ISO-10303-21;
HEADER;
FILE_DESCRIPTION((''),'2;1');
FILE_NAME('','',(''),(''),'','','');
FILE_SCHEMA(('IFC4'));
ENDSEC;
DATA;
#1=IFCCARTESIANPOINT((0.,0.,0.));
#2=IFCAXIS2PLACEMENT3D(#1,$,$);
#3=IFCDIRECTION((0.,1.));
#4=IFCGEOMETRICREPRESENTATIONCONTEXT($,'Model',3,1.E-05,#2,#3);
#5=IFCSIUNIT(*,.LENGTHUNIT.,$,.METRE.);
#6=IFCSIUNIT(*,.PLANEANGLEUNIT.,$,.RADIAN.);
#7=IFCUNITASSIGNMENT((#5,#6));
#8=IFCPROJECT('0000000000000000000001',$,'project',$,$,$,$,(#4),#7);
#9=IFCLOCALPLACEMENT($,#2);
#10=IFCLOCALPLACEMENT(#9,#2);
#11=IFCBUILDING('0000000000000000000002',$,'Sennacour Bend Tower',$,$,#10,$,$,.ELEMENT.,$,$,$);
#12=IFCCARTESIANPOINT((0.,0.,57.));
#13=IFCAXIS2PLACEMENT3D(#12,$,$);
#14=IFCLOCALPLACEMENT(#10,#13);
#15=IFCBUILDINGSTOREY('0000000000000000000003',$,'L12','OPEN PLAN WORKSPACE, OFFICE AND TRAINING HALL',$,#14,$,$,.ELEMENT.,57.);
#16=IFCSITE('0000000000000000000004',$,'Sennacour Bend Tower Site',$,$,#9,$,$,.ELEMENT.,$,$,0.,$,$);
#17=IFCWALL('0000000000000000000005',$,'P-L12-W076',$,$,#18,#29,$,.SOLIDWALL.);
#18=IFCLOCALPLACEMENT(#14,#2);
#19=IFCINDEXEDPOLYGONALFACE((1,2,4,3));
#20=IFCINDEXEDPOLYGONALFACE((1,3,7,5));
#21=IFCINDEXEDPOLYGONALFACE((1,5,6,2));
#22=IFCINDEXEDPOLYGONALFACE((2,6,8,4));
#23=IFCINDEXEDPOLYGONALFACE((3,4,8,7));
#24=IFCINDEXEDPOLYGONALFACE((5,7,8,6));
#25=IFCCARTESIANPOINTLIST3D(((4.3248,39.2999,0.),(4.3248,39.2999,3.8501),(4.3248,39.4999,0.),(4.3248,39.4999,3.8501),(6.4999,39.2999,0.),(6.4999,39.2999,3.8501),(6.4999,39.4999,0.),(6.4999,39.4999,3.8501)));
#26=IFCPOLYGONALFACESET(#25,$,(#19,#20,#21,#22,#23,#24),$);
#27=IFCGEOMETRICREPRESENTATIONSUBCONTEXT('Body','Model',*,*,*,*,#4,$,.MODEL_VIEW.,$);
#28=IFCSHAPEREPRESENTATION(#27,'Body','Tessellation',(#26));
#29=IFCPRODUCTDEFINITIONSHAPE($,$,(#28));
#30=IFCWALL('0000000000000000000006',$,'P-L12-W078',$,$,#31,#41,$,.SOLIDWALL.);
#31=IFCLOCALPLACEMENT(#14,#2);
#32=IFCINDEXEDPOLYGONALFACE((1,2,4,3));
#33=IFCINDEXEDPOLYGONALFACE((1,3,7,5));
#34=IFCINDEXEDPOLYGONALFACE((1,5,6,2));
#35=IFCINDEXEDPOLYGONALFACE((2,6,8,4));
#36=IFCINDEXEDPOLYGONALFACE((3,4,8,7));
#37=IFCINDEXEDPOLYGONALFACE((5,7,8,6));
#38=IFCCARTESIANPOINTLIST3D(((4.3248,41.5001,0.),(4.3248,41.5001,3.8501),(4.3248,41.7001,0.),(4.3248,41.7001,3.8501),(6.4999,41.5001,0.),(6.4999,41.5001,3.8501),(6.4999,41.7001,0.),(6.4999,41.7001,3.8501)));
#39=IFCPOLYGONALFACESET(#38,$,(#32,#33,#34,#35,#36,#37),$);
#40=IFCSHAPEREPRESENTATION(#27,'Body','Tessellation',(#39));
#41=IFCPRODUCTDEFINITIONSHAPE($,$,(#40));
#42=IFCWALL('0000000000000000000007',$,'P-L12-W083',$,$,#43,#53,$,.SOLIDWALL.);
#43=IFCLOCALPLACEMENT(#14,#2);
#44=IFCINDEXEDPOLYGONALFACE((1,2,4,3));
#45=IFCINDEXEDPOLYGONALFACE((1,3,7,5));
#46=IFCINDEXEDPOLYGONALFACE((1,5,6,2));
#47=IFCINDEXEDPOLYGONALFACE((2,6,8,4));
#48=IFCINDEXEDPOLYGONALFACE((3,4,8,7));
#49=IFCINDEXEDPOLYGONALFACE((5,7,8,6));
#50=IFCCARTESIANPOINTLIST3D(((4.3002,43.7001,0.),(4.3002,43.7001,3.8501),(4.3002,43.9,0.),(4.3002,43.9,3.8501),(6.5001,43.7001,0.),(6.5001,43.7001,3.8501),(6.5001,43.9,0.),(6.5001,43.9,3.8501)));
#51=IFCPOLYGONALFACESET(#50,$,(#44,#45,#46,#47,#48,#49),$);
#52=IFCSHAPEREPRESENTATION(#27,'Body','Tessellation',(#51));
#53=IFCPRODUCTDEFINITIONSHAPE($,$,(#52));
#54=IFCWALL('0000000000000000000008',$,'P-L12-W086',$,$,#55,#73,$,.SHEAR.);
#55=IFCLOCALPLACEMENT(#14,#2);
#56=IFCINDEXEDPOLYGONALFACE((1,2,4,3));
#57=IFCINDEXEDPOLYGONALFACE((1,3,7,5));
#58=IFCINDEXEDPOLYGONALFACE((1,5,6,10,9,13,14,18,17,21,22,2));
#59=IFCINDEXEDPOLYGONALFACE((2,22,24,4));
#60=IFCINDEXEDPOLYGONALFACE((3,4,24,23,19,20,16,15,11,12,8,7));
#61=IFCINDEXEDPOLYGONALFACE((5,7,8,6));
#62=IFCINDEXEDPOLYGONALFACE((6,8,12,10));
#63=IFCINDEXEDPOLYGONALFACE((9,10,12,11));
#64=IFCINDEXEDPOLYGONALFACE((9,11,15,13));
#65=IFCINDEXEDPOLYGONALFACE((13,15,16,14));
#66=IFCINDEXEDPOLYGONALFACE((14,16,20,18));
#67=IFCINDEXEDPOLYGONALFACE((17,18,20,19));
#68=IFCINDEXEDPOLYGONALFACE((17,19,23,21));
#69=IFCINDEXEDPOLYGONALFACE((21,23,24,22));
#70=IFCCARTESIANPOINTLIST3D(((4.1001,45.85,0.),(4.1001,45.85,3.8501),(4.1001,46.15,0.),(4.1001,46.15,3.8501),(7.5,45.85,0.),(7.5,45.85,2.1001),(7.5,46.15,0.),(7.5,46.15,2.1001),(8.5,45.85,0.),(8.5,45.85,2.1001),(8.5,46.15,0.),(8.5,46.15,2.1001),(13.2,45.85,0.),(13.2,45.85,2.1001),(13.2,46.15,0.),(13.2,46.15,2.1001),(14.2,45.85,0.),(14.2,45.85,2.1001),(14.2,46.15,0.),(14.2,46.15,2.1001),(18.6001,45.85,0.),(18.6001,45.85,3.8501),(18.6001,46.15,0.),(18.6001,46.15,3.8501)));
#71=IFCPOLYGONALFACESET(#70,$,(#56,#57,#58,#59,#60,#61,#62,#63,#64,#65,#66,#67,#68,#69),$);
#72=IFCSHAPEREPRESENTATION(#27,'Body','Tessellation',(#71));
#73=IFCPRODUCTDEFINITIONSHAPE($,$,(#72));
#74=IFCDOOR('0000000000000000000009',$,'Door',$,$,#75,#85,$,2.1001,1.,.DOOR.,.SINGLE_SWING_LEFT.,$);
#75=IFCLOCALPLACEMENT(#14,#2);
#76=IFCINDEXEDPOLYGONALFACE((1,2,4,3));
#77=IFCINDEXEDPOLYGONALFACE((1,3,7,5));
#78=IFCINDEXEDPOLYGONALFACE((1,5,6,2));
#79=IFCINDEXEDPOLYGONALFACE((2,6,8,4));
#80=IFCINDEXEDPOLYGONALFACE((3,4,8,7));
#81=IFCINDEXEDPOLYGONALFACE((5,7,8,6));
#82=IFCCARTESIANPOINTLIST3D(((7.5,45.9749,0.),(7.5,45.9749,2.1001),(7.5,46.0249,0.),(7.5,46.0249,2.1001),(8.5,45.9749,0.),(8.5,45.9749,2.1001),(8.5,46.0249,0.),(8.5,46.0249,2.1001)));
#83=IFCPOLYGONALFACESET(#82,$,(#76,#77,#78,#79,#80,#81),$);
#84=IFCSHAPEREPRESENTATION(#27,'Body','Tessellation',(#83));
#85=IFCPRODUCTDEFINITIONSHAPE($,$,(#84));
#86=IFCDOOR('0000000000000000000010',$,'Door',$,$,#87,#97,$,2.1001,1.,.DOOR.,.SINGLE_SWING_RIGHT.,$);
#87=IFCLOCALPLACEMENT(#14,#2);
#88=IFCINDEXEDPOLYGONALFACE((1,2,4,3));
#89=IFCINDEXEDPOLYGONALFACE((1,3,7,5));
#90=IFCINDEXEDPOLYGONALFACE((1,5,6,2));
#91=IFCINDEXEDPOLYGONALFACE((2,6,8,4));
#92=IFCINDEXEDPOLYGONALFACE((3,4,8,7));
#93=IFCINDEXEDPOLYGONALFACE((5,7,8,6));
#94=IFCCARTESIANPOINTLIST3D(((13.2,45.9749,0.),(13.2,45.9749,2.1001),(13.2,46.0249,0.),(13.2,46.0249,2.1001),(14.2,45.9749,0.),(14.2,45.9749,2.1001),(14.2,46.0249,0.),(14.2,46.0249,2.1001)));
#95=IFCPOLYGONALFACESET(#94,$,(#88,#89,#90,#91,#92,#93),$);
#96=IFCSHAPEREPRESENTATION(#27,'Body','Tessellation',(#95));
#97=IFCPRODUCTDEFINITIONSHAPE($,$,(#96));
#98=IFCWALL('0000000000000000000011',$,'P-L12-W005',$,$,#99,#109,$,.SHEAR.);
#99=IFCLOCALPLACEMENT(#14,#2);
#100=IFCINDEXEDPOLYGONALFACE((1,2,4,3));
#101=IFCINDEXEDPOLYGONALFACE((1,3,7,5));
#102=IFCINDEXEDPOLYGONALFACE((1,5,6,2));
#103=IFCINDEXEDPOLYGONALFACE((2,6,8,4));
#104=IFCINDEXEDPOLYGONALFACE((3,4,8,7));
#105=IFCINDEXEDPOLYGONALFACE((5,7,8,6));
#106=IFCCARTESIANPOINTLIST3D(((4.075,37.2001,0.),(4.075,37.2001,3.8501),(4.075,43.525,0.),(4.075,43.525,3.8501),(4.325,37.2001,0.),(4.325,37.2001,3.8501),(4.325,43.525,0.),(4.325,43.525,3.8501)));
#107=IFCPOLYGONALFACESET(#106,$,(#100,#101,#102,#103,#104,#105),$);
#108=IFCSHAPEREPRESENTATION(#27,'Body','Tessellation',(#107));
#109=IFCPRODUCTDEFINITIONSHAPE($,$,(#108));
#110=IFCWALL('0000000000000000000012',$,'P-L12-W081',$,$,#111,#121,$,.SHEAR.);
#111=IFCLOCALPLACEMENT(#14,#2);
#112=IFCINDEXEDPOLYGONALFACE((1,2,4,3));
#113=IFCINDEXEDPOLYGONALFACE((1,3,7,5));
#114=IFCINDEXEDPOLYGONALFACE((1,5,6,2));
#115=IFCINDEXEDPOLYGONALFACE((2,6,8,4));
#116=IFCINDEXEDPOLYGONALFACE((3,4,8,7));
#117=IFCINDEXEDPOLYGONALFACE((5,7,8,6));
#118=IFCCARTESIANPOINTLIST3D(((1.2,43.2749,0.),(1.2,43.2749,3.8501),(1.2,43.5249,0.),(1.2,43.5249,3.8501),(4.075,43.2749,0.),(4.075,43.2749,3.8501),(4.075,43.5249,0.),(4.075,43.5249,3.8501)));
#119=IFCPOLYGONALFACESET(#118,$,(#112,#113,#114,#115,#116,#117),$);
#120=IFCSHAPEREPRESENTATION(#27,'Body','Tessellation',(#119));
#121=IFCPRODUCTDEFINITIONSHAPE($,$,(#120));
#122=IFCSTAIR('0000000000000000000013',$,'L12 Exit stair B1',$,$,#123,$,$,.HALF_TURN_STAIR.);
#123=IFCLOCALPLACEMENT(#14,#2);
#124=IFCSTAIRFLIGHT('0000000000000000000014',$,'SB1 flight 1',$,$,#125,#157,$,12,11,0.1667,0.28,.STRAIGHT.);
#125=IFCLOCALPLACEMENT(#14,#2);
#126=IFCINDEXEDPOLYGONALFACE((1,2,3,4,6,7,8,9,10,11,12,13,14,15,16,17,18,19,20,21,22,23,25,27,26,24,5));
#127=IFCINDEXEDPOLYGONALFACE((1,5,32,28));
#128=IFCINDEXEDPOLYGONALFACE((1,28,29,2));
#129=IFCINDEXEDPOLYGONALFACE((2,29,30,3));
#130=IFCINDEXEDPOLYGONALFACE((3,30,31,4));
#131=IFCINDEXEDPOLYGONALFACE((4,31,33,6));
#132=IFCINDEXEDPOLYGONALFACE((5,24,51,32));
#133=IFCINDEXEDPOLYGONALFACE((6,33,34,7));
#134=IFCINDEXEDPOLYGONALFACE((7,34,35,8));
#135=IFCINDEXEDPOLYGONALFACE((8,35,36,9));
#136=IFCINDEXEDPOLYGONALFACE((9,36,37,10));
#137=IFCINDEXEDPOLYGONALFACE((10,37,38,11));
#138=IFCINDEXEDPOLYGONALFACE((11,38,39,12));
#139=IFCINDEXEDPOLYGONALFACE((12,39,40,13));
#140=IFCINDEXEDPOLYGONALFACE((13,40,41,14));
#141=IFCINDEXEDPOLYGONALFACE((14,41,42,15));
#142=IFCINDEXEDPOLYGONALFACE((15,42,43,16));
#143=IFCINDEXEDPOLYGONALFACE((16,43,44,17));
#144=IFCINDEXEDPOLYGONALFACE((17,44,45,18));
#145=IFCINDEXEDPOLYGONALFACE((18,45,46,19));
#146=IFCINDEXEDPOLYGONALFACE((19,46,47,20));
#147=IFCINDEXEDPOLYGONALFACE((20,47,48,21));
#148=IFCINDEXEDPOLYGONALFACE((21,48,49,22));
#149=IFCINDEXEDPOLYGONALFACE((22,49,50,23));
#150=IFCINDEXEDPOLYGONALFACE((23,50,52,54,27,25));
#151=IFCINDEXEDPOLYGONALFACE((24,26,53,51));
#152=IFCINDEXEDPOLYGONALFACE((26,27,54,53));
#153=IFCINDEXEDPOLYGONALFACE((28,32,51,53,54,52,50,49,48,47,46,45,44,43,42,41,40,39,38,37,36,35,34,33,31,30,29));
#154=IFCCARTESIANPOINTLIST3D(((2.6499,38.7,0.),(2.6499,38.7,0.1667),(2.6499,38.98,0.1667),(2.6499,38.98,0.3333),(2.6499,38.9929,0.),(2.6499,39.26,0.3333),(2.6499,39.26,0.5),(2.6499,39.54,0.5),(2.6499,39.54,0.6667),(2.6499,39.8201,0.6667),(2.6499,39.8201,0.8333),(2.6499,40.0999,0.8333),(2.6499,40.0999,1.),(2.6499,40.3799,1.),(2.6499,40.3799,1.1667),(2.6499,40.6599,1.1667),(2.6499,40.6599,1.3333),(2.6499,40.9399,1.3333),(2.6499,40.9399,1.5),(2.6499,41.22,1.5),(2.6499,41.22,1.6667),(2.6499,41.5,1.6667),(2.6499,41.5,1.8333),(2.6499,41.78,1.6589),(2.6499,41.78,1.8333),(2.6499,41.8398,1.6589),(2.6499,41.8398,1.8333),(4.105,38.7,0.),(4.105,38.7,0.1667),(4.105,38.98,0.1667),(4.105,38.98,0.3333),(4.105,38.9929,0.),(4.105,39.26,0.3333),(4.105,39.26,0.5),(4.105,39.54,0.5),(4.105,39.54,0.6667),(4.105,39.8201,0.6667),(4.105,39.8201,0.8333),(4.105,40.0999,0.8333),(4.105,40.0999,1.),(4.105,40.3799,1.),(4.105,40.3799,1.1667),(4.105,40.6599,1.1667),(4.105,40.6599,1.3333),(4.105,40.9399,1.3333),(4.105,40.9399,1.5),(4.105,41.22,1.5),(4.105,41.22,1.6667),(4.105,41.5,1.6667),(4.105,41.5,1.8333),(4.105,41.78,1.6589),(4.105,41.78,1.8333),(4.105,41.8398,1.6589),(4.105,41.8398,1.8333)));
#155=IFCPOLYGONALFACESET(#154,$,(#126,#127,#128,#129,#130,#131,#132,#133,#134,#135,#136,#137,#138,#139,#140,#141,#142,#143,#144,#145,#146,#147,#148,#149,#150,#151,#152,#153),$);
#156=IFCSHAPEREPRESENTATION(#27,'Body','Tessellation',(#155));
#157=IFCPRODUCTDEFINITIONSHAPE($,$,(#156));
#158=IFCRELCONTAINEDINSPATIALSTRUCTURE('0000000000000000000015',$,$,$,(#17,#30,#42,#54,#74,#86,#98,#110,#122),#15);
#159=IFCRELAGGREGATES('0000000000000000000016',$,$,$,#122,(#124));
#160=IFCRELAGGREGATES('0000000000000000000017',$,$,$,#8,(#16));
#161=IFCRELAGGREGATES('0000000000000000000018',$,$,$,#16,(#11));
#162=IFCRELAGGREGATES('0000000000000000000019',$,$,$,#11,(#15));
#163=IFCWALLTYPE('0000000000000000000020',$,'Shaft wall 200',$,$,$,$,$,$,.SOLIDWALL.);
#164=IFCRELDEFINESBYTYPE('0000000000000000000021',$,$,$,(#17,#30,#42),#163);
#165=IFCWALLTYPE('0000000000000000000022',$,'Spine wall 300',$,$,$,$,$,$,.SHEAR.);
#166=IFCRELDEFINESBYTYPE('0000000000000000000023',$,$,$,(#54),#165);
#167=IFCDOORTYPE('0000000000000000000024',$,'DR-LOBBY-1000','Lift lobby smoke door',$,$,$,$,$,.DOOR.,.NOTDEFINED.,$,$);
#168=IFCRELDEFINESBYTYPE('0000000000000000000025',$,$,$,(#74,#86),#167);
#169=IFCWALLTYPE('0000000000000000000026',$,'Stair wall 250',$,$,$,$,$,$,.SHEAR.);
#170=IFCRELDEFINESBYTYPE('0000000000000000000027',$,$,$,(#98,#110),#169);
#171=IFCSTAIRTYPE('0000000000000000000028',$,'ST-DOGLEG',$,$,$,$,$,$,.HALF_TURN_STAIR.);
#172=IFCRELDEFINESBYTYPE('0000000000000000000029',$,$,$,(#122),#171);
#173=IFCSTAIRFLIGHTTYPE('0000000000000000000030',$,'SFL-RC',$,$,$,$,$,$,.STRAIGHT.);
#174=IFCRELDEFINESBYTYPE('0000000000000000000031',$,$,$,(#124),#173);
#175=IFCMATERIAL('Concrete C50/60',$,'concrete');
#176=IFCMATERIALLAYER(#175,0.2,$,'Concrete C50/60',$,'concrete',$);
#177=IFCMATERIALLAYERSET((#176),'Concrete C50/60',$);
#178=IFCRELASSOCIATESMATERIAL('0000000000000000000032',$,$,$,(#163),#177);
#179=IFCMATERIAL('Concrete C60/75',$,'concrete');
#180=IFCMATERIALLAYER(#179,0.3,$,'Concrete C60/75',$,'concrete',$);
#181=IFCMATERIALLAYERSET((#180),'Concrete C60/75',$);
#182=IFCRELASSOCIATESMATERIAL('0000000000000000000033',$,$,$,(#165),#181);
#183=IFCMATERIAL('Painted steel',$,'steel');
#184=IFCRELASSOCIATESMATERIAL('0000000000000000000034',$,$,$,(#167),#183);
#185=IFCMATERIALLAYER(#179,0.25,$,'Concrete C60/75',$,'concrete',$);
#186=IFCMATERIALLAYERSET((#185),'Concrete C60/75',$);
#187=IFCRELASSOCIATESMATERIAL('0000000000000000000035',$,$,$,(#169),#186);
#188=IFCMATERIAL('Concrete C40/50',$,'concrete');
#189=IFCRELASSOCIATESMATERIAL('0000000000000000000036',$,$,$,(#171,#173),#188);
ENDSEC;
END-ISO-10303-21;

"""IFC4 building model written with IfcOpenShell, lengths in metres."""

from ifc_helpers import new_model, si_unit, direction, frame, frame_2d, origin, place, context, subcontext, project, spatial, polyline, rectangle, outline, extrude, material, layer, layer_set, type_object, element, fill, aggregate, save


model = new_model("IFC4")

# Units and contexts
model_context = context("Model", 3, precision=1e-05, world=origin(), true_north=direction((0.0, 1.0)))
body_context = subcontext(model_context, "Body", "Model", "MODEL_VIEW")
ifc_project = project(units=[si_unit("LENGTHUNIT", "METRE"), si_unit("PLANEANGLEUNIT", "RADIAN")], contexts=[model_context])

# Site, building, storey
site_placement = place(None, origin())
site = spatial("IfcSite", under=ifc_project, at=site_placement, Name="Sennacour Bend Tower Site", CompositionType="ELEMENT", RefElevation=0.0)
building_placement = place(site_placement, origin())
building = spatial("IfcBuilding", under=site, at=building_placement, Name="Sennacour Bend Tower", CompositionType="ELEMENT")
storey_placement = place(building_placement, frame((0.0, 0.0, 57.0)))
storey = spatial("IfcBuildingStorey", under=building, at=storey_placement, Name="L12", Description="OPEN PLAN WORKSPACE, OFFICE AND TRAINING HALL", CompositionType="ELEMENT", Elevation=57.0)

# Shared definitions
ifc_material_1 = material(Name="Painted steel", Category="steel")

# Walls
ifc_material_2 = material(Name="Concrete C50/60", Category="concrete")
ifc_layer_1 = layer(ifc_material_2, 0.2, Name="Concrete C50/60", Category="concrete")
ifc_layer_set_1 = layer_set([ifc_layer_1], Name="Concrete C50/60")
wall_type_1 = type_object("IfcWallType", Name="Shaft wall 200", PredefinedType="SOLIDWALL", material=ifc_layer_set_1)
for number, where, z_axis, x_axis, name in (
    (1, (4.325, 39.3999, 0.0), (0.0, 0.0, 1.0), (1.0, 0.0, 0.0), "P-L12-W076"),
    (2, (4.325, 41.6001, 0.0), (0.0, 0.0, 1.0), (1.0, 0.0, 0.0), "P-L12-W078"),
):
    element("IfcWall", number, at=place(storey_placement, frame(where, z_axis=z_axis, x_axis=x_axis)), inside=storey, type_object=wall_type_1, Name=name, PredefinedType="SOLIDWALL", context=body_context, shape_type="SweptSolid", body=[
        extrude(rectangle(XDim=2.175, YDim=0.2, at=frame_2d((1.0874, 0.0))), origin(), (0.0, 0.0, 1.0), 3.8501),
    ])
wall_1_placement = place(storey_placement, frame((4.3, 43.8, 0.0), z_axis=(0.0, 0.0, 1.0), x_axis=(1.0, 0.0, 0.0)))
element("IfcWall", 3, at=wall_1_placement, inside=storey, type_object=wall_type_1, Name="P-L12-W083", PredefinedType="SOLIDWALL", context=body_context, shape_type="SweptSolid", body=[
    extrude(rectangle(XDim=2.2, YDim=0.2, at=frame_2d((1.1001, 0.0))), origin(), (0.0, 0.0, 1.0), 3.8501),
])

# Wall, openings, doors
ifc_material_3 = material(Name="Concrete C60/75", Category="concrete")
ifc_layer_2 = layer(ifc_material_3, 0.3, Name="Concrete C60/75", Category="concrete")
ifc_layer_set_2 = layer_set([ifc_layer_2], Name="Concrete C60/75")
wall_type_2 = type_object("IfcWallType", Name="Spine wall 300", PredefinedType="SHEAR", material=ifc_layer_set_2)
wall_2_placement = place(storey_placement, frame((4.1001, 46.0, 0.0), z_axis=(0.0, 0.0, 1.0), x_axis=(1.0, 0.0, 0.0)))
wall_2 = element("IfcWall", 4, at=wall_2_placement, inside=storey, type_object=wall_type_2, Name="P-L12-W086", PredefinedType="SHEAR", context=body_context, shape_type="SweptSolid", body=[
    extrude(rectangle(XDim=14.5, YDim=0.3, at=frame_2d((7.25, 0.0))), origin(), (0.0, 0.0, 1.0), 3.8501),
])
opening_1_placement = place(wall_2_placement, frame((3.3999, 0.0, 0.0)))
opening_1 = element("IfcOpeningElement", 5, at=opening_1_placement, cuts=wall_2, PredefinedType="OPENING", context=body_context, shape_type="SweptSolid", body=[
    extrude(rectangle(XDim=1.0, YDim=2.1001, at=frame_2d((0.5, 1.05))), frame((0.0, 0.1602, 0.0), z_axis=(0.0, -1.0, 0.0), x_axis=(1.0, 0.0, 0.0)), (0.0, 0.0, 1.0), 0.3201),
])
opening_2_placement = place(wall_2_placement, frame((9.0999, 0.0, 0.0)))
opening_2 = element("IfcOpeningElement", 6, at=opening_2_placement, cuts=wall_2, PredefinedType="OPENING", context=body_context, shape_type="SweptSolid", body=[
    extrude(rectangle(XDim=1.0, YDim=2.1001, at=frame_2d((0.5, 1.05))), frame((0.0, 0.1602, 0.0), z_axis=(0.0, -1.0, 0.0), x_axis=(1.0, 0.0, 0.0)), (0.0, 0.0, 1.0), 0.3201),
])
door_type_1 = type_object("IfcDoorType", Name="DR-LOBBY-1000", Description="Lift lobby smoke door", OperationType="NOTDEFINED", PredefinedType="DOOR", material=ifc_material_1)
door_1_placement = place(opening_1_placement, origin())
door_1 = element("IfcDoor", 7, at=door_1_placement, inside=storey, type_object=door_type_1, Name="Door", OperationType="SINGLE_SWING_LEFT", OverallHeight=2.1001, OverallWidth=1.0, PredefinedType="DOOR", context=body_context, shape_type="SweptSolid", body=[
    extrude(rectangle(XDim=1.0, YDim=2.1001, at=frame_2d((0.5, 1.05))), frame((0.0, 0.0249, 0.0), z_axis=(0.0, -1.0, 0.0), x_axis=(1.0, 0.0, 0.0)), (0.0, 0.0, 1.0), 0.05),
])
fill(opening_1, door_1)
door_2_placement = place(opening_2_placement, origin())
door_2 = element("IfcDoor", 8, at=door_2_placement, inside=storey, type_object=door_type_1, Name="Door", OperationType="SINGLE_SWING_RIGHT", OverallHeight=2.1001, OverallWidth=1.0, PredefinedType="DOOR", context=body_context, shape_type="SweptSolid", body=[
    extrude(rectangle(XDim=1.0, YDim=2.1001, at=frame_2d((0.5, 1.05))), frame((0.0, 0.0249, 0.0), z_axis=(0.0, -1.0, 0.0), x_axis=(1.0, 0.0, 0.0)), (0.0, 0.0, 1.0), 0.05),
])
fill(opening_2, door_2)

# Walls
ifc_layer_3 = layer(ifc_material_3, 0.25, Name="Concrete C60/75", Category="concrete")
ifc_layer_set_3 = layer_set([ifc_layer_3], Name="Concrete C60/75")
wall_type_3 = type_object("IfcWallType", Name="Stair wall 250", PredefinedType="SHEAR", material=ifc_layer_set_3)
wall_3_placement = place(storey_placement, frame((4.2, 37.2, 0.0), z_axis=(0.0, 0.0, 1.0), x_axis=(0.0, 1.0, 0.0)))
element("IfcWall", 9, at=wall_3_placement, inside=storey, type_object=wall_type_3, Name="P-L12-W005", PredefinedType="SHEAR", context=body_context, shape_type="SweptSolid", body=[
    extrude(rectangle(XDim=6.325, YDim=0.25, at=frame_2d((3.1626, 0.0))), origin(), (0.0, 0.0, 1.0), 3.8501),
])
wall_4_placement = place(storey_placement, frame((1.2, 43.3999, 0.0), z_axis=(0.0, 0.0, 1.0), x_axis=(1.0, 0.0, 0.0)))
element("IfcWall", 10, at=wall_4_placement, inside=storey, type_object=wall_type_3, Name="P-L12-W081", PredefinedType="SHEAR", context=body_context, shape_type="SweptSolid", body=[
    extrude(rectangle(XDim=2.875, YDim=0.25, at=frame_2d((1.4375, 0.0))), origin(), (0.0, 0.0, 1.0), 3.8501),
])

# Stair, stair flight
ifc_material_4 = material(Name="Concrete C40/50", Category="concrete")
stair_type = type_object("IfcStairType", Name="ST-DOGLEG", PredefinedType="HALF_TURN_STAIR", material=ifc_material_4)
stair_placement = place(storey_placement, origin())
stair = element("IfcStair", 11, at=stair_placement, inside=storey, type_object=stair_type, Name="L12 Exit stair B1", PredefinedType="HALF_TURN_STAIR")
stair_flight_type = type_object("IfcStairFlightType", Name="SFL-RC", PredefinedType="STRAIGHT", material=ifc_material_4)
stair_flight_1_placement = place(storey_placement, frame((3.3774, 38.7, 0.0), z_axis=(0.0, 0.0, 1.0), x_axis=(0.0, 1.0, 0.0)))
stair_flight_1 = element("IfcStairFlight", 12, at=stair_flight_1_placement, type_object=stair_flight_type, Name="SB1 flight 1", NumberOfRisers=12, NumberOfTreads=11, PredefinedType="STRAIGHT", RiserHeight=0.1667, TreadLength=0.28, context=body_context, shape_type="SweptSolid", body=[
    extrude(outline(polyline([(0.0, 0.0), (0.0, 0.1667), (0.28, 0.1667), (0.28, 0.3333), (0.5601, 0.3333), (0.5601, 0.5), (0.8401, 0.5), (0.8401, 0.6667), (1.1201, 0.6667), (1.1201, 0.8333), (1.3999, 0.8333), (1.3999, 1.0), (1.6799, 1.0), (1.6799, 1.1667), (1.96, 1.1667), (1.96, 1.3333), (2.24, 1.3333), (2.24, 1.5), (2.52, 1.5), (2.52, 1.6667), (2.8, 1.6667), (2.8, 1.8333), (3.0801, 1.8333), (3.1399, 1.8333), (3.1399, 1.6589), (3.0801, 1.6589), (0.293, 0.0), (0.0, 0.0)])), frame((0.0, 0.7275, 0.0), z_axis=(0.0, -1.0, 0.0), x_axis=(1.0, 0.0, 0.0)), (0.0, 0.0, 1.0), 1.4551),
])
aggregate(stair, [stair_flight_1])

save(model, "model.ifc")
